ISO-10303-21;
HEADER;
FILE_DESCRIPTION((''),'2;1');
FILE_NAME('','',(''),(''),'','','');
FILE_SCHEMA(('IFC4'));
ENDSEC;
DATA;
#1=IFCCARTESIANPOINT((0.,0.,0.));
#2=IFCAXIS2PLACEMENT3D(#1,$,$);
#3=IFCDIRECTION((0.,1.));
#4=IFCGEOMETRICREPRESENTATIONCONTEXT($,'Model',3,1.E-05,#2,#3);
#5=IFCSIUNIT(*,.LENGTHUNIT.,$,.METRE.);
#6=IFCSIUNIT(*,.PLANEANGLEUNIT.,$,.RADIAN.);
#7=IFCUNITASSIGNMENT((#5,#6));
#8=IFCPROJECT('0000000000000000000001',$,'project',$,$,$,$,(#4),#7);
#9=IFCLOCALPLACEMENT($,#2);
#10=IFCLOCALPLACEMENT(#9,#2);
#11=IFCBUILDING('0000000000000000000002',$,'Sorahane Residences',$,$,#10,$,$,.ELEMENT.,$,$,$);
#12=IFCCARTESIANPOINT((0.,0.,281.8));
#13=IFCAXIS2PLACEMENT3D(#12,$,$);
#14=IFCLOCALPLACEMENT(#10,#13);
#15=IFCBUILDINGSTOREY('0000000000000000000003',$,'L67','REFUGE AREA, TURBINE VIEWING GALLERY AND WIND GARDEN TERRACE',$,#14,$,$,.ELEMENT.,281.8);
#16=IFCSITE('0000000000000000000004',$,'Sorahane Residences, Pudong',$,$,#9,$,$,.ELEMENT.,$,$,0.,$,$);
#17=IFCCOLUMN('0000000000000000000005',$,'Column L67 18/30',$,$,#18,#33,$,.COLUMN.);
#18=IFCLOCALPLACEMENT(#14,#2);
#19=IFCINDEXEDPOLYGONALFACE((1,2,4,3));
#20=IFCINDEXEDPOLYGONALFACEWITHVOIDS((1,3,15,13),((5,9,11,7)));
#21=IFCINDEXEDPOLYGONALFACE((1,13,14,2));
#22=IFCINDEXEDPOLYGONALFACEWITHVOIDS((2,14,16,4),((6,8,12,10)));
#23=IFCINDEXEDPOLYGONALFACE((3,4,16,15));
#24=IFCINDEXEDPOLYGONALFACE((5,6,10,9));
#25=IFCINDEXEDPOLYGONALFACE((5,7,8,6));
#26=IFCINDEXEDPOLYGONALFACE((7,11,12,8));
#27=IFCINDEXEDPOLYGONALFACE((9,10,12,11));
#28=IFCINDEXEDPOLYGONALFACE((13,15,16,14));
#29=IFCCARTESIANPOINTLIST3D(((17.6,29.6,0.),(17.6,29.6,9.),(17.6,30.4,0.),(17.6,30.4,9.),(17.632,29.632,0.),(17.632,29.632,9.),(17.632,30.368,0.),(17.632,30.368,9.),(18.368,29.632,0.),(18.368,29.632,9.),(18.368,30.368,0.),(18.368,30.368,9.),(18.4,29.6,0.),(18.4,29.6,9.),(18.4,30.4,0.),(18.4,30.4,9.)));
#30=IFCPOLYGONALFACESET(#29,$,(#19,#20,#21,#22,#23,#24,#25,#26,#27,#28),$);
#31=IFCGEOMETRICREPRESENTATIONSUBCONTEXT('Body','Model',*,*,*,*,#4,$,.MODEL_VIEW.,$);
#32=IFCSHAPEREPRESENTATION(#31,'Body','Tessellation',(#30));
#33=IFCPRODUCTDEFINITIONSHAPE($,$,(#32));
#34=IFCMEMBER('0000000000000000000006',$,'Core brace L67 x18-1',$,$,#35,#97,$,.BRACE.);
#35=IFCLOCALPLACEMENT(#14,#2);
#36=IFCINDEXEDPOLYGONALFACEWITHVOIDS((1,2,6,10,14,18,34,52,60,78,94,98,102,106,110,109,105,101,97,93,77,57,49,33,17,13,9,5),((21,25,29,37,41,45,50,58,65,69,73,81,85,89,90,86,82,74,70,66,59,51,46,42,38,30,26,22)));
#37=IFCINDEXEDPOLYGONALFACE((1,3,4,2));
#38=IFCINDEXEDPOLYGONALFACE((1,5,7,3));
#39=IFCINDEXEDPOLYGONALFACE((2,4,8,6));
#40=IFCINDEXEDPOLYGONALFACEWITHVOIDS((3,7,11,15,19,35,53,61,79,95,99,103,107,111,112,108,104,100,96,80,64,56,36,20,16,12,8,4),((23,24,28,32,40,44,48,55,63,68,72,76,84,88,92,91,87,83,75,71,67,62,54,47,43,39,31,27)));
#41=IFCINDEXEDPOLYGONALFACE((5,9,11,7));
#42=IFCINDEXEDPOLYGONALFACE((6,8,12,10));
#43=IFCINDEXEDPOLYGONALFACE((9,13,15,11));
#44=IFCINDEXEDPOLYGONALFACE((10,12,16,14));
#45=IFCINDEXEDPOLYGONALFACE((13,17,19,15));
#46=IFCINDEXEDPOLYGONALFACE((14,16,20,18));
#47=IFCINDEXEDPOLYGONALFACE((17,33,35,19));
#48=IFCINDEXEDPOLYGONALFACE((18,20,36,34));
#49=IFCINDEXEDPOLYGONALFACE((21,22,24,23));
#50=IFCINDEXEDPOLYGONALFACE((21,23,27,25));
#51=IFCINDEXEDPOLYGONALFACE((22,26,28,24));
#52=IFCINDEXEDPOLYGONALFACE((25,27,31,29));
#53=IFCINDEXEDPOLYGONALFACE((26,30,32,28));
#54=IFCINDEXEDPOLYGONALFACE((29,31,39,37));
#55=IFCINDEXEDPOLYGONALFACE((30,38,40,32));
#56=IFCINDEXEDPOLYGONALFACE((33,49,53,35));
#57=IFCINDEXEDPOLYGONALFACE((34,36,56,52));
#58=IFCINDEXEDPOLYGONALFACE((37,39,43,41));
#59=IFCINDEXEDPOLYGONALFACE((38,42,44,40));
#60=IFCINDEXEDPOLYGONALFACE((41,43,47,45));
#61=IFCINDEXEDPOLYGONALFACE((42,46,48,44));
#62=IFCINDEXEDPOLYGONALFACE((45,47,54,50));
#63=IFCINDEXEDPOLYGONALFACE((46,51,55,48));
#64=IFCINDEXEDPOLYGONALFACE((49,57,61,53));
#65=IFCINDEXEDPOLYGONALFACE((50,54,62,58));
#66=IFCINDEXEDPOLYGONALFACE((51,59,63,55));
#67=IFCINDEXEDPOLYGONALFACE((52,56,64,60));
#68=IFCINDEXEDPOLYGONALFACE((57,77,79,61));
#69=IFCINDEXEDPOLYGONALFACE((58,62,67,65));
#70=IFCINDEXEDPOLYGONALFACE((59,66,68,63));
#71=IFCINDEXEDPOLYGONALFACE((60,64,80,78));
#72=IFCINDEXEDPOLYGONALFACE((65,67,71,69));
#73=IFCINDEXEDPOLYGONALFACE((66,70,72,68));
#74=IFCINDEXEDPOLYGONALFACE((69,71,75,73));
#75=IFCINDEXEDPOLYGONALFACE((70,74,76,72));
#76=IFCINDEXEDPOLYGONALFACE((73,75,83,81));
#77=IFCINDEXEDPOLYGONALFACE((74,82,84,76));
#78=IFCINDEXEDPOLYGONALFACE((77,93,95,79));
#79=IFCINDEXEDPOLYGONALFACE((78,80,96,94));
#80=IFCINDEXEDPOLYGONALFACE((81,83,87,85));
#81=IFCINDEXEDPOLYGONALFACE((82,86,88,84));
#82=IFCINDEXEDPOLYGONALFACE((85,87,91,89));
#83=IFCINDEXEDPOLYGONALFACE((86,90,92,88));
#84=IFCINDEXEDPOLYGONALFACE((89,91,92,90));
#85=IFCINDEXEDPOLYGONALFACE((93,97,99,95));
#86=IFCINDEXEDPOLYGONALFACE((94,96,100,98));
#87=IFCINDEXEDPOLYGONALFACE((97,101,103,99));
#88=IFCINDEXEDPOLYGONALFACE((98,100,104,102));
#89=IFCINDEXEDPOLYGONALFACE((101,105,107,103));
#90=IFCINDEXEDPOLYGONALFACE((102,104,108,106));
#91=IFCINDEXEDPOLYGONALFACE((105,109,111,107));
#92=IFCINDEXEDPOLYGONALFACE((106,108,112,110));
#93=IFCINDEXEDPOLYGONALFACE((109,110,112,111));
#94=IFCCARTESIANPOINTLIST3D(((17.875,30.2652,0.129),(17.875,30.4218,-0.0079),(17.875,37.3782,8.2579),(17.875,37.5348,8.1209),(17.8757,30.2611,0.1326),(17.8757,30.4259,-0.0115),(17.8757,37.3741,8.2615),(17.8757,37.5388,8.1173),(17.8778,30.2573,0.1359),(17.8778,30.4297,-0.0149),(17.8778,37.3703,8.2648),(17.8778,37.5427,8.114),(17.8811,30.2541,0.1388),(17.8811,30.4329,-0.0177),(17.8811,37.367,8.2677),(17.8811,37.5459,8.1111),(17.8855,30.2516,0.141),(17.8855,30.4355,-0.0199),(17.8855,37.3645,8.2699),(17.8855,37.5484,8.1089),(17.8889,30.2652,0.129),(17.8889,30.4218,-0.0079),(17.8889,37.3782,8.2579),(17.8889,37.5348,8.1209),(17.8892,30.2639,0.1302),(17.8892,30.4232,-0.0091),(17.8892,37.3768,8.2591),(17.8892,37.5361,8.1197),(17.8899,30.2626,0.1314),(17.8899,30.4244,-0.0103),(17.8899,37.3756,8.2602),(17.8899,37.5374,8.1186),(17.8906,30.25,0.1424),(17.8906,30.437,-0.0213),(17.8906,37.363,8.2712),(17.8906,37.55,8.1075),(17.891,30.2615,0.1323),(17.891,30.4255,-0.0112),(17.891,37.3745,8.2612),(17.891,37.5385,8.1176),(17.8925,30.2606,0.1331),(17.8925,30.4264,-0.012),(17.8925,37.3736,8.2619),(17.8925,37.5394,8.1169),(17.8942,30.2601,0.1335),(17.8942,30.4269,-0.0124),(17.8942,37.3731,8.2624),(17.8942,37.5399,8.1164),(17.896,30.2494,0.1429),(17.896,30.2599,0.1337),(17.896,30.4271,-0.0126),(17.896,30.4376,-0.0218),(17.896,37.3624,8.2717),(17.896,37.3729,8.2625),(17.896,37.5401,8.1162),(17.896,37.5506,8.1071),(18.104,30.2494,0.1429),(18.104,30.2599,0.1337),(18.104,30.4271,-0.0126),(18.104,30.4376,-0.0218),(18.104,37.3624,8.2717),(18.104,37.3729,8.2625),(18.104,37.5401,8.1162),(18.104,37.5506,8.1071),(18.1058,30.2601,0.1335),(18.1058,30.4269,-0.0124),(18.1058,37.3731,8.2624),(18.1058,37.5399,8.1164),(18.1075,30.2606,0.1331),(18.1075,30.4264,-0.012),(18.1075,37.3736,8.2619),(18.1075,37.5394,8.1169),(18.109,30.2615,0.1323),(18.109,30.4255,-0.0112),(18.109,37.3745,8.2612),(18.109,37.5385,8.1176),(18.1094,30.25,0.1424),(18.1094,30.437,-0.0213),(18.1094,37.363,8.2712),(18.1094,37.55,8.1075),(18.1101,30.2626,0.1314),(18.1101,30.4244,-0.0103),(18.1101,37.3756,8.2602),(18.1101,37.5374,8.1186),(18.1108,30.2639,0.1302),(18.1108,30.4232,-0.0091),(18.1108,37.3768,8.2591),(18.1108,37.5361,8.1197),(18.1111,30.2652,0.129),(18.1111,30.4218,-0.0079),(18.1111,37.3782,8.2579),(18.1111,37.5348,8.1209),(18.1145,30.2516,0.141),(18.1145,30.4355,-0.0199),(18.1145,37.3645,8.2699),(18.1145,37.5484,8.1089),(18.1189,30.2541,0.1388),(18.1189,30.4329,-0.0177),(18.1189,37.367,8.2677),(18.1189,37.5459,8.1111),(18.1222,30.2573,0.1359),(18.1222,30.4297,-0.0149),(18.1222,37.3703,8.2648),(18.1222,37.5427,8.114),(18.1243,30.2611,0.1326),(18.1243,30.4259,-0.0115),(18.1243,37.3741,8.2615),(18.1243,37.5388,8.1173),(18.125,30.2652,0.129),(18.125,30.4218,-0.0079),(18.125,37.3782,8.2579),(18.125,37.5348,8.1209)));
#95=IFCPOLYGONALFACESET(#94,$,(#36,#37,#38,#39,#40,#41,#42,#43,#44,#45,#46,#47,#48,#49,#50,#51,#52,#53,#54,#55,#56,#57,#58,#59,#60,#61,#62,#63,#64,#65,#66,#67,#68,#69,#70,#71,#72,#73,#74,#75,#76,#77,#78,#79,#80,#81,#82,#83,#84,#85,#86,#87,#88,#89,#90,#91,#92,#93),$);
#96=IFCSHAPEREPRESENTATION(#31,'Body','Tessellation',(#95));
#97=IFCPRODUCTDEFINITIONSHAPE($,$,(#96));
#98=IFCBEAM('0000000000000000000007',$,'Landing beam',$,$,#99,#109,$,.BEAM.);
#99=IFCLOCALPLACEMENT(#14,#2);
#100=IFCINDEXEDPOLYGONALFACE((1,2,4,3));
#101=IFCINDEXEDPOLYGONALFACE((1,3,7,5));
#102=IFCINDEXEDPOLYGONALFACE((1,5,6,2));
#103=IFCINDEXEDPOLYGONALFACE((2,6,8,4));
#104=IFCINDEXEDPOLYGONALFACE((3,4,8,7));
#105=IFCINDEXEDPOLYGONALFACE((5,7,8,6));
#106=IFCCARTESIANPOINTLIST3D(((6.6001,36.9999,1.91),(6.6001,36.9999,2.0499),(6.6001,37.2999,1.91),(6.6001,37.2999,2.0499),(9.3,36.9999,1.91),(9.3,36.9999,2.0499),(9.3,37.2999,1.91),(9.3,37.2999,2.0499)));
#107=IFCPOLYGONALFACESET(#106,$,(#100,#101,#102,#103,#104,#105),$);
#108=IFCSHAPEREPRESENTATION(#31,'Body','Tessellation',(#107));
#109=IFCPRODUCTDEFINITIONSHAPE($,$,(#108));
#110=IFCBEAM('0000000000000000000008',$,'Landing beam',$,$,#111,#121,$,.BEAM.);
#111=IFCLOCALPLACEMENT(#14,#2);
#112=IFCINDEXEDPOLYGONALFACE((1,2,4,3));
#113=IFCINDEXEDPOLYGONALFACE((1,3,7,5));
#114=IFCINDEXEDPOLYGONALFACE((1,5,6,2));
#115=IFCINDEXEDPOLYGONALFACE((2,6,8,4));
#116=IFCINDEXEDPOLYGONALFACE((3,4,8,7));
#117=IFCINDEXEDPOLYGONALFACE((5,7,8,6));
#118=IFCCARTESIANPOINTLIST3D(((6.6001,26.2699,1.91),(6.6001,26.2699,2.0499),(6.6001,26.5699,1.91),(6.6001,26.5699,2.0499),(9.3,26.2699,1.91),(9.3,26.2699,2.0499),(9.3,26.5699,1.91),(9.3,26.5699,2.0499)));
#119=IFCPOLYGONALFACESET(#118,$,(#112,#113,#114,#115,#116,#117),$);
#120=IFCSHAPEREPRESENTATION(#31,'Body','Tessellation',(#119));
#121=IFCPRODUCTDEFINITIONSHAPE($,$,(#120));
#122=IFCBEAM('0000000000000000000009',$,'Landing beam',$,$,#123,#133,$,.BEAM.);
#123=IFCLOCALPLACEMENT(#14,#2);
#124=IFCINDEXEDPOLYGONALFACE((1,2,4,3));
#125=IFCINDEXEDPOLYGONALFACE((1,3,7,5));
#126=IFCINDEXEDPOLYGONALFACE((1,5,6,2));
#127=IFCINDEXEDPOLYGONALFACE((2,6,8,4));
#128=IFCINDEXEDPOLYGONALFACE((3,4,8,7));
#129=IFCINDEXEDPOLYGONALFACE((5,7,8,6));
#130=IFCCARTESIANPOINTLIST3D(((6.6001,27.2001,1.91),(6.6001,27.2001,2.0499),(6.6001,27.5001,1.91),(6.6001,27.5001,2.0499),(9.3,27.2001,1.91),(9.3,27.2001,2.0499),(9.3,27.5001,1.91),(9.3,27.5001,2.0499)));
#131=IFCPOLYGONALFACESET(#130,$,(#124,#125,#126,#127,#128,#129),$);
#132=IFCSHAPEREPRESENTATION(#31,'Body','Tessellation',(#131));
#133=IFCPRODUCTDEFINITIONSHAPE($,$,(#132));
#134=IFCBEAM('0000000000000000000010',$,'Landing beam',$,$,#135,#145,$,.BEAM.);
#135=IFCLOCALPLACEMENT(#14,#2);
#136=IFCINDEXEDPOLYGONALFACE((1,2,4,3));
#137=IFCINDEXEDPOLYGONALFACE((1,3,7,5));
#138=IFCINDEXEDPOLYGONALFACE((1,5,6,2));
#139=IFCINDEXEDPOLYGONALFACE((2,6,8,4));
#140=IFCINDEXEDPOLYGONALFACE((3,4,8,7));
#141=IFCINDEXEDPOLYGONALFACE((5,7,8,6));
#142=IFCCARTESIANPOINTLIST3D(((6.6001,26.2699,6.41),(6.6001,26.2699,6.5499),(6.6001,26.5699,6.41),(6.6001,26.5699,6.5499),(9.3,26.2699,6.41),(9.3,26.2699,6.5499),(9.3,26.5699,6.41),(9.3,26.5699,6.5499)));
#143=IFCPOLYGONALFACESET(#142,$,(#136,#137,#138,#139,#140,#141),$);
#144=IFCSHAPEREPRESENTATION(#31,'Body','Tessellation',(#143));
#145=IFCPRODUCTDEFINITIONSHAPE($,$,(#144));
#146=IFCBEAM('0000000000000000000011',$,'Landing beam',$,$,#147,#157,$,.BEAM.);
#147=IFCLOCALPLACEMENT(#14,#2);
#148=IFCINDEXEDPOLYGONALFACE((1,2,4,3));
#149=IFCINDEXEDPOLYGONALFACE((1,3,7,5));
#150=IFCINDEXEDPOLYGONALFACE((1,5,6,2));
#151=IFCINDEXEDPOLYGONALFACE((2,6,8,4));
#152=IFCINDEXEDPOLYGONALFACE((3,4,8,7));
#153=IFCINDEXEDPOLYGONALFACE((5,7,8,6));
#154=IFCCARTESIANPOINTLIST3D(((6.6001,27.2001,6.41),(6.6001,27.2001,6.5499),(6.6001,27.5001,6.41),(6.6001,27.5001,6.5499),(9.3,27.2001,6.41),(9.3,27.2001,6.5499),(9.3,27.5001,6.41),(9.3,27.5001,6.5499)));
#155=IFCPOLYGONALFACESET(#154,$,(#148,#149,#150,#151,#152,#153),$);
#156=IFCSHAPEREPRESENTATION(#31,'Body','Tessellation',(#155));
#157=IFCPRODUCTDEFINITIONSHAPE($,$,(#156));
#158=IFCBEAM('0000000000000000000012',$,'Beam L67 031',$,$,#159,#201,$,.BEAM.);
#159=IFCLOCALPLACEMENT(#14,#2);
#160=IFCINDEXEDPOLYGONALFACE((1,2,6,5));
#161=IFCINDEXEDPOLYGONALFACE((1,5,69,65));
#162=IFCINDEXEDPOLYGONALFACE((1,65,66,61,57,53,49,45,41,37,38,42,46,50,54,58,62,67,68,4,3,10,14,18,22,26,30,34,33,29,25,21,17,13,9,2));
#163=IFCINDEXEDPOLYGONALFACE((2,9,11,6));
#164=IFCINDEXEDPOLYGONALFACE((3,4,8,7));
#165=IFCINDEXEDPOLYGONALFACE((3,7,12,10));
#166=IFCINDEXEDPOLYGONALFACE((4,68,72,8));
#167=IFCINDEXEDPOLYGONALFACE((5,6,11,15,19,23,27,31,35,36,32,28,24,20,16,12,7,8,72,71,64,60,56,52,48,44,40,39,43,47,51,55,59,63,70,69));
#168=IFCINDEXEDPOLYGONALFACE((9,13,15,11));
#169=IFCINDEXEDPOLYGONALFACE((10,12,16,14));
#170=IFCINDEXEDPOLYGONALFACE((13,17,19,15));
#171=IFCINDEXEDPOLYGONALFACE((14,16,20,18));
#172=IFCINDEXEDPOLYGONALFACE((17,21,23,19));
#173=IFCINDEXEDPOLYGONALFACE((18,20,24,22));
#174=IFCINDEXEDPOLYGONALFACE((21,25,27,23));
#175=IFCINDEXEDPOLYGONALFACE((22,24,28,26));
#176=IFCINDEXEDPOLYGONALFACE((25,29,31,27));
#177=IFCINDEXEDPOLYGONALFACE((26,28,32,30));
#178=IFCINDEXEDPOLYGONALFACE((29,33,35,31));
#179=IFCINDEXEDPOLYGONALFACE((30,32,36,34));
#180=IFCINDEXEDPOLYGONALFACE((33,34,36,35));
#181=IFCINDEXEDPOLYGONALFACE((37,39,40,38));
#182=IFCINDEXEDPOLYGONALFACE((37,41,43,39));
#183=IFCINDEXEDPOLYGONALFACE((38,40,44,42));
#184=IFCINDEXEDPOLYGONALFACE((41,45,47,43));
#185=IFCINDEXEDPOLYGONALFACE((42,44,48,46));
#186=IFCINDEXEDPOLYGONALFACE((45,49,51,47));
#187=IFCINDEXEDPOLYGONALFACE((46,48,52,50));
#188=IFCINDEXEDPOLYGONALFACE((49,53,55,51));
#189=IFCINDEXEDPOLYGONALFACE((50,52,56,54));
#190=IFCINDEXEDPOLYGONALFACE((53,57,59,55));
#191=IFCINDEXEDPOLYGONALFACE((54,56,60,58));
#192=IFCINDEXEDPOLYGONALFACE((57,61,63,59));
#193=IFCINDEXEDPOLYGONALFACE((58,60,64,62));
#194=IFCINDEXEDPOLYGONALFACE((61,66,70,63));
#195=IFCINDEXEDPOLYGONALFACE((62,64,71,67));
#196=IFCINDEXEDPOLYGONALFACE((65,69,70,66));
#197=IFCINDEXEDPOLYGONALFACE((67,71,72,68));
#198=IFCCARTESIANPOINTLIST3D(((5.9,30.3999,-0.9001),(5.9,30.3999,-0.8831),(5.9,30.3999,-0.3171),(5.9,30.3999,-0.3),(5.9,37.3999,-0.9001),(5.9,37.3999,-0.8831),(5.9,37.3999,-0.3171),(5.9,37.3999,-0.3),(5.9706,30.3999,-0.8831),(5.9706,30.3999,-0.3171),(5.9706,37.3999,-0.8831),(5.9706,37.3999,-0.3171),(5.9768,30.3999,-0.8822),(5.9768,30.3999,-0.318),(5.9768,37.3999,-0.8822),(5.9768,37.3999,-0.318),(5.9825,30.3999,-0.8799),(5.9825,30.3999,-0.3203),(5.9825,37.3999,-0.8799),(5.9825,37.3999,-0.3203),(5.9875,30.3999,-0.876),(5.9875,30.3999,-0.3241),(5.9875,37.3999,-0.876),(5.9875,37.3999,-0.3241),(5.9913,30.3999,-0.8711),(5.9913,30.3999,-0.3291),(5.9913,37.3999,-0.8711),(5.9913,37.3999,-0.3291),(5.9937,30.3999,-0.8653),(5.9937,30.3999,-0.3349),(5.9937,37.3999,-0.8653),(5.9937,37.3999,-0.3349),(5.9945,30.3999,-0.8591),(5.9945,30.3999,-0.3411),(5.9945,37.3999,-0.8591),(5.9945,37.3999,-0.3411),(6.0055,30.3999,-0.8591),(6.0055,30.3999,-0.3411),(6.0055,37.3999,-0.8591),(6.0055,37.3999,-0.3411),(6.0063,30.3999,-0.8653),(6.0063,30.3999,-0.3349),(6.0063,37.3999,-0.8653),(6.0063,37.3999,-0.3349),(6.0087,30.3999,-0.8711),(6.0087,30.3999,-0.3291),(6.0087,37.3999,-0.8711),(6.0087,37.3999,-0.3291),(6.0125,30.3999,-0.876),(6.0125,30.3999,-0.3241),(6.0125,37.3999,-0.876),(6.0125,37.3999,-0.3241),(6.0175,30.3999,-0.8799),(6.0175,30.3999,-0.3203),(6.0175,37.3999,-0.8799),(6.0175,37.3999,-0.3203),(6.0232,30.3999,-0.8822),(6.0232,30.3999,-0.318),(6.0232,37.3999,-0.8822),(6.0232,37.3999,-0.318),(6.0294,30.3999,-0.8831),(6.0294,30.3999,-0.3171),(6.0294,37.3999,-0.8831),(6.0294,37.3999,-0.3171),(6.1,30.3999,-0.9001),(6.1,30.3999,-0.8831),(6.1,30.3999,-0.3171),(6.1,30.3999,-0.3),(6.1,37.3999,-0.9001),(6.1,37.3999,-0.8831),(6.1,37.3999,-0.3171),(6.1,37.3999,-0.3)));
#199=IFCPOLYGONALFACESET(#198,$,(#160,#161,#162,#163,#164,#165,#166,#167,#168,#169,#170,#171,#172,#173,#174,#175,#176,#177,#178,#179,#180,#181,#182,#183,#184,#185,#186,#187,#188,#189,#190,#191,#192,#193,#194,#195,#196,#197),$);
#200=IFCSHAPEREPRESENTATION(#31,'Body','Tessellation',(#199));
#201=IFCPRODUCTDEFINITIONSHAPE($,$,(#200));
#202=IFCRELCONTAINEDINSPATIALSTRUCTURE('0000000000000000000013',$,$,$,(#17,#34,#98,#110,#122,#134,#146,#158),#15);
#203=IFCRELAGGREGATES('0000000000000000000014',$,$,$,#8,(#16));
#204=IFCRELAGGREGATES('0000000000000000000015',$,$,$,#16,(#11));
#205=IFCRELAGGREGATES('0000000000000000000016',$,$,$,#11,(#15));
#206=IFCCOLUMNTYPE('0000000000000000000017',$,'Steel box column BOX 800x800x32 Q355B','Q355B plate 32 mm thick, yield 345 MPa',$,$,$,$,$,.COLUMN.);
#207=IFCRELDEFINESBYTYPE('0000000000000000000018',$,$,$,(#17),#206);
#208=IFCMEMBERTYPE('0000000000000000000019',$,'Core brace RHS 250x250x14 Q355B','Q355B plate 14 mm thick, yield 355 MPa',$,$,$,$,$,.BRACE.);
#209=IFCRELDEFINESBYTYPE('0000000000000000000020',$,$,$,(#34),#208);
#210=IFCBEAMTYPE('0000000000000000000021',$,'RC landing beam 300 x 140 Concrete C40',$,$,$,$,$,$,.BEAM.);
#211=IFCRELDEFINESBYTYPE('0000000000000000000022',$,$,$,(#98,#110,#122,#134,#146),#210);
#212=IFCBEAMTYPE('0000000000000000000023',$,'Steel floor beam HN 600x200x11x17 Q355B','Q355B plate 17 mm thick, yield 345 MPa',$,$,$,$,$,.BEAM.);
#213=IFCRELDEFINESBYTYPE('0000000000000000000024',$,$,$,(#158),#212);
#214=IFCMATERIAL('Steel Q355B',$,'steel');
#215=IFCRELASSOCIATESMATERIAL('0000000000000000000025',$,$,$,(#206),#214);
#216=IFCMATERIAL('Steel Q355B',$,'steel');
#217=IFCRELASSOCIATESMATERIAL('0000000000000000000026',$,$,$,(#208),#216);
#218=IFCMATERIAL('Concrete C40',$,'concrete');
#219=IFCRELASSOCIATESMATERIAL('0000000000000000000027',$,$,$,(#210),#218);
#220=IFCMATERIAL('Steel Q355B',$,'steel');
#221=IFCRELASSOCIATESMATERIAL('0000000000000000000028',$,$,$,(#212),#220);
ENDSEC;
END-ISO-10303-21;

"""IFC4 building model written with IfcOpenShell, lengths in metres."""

from ifc_helpers import new_model, si_unit, direction, frame, origin, origin_2d, place, context, subcontext, project, spatial, rectangle, hollow_rectangle, i_section, extrude, material, material_profile, profile_set, type_object, element, save


model = new_model("IFC4")

# Units and contexts
model_context = context("Model", 3, precision=1e-05, world=origin(), true_north=direction((0.0, 1.0)))
body_context = subcontext(model_context, "Body", "Model", "MODEL_VIEW")
ifc_project = project(units=[si_unit("LENGTHUNIT", "METRE"), si_unit("PLANEANGLEUNIT", "RADIAN")], contexts=[model_context])

# Site, building, storey
site_placement = place(None, origin())
site = spatial("IfcSite", under=ifc_project, at=site_placement, Name="Sorahane Residences, Pudong", CompositionType="ELEMENT", RefElevation=0.0)
building_placement = place(site_placement, origin())
building = spatial("IfcBuilding", under=site, at=building_placement, Name="Sorahane Residences", CompositionType="ELEMENT")
storey_placement = place(building_placement, frame((0.0, 0.0, 281.8)))
storey = spatial("IfcBuildingStorey", under=building, at=storey_placement, Name="L67", Description="REFUGE AREA, TURBINE VIEWING GALLERY AND WIND GARDEN TERRACE", CompositionType="ELEMENT", Elevation=281.8)

# Column
ifc_material_1 = material(Name="Steel Q355B", Category="steel")
ifc_material_profile_1 = material_profile(ifc_material_1, hollow_rectangle(XDim=0.8, YDim=0.8, WallThickness=0.032, at=origin_2d()), Name="BOX 800x800x32")
ifc_profile_set_1 = profile_set([ifc_material_profile_1], Name="Steel Q355B")
column_type = type_object("IfcColumnType", Name="Steel box column BOX 800x800x32 Q355B", Description="Q355B plate 32 mm thick, yield 345 MPa", PredefinedType="COLUMN", material=ifc_profile_set_1)
column_placement = place(storey_placement, frame((18.0, 30.0, 0.0), z_axis=(0.0, 0.0, 1.0), x_axis=(1.0, 0.0, 0.0)))
element("IfcColumn", 1, at=column_placement, inside=storey, type_object=column_type, Name="Column L67 18/30", PredefinedType="COLUMN", context=body_context, shape_type="SweptSolid", body=[
    extrude(hollow_rectangle(XDim=0.8, YDim=0.8, WallThickness=0.032, at=origin_2d()), origin(), (0.0, 0.0, 1.0), 9.0),
])

# Member
ifc_material_2 = material(Name="Steel Q355B", Category="steel")
ifc_material_profile_2 = material_profile(ifc_material_2, hollow_rectangle(XDim=0.25, YDim=0.25, WallThickness=0.0139, InnerFilletRadius=0.0071, OuterFilletRadius=0.021, at=origin_2d()), Name="RHS 250x250x14")
ifc_profile_set_2 = profile_set([ifc_material_profile_2], Name="Steel Q355B")
member_type = type_object("IfcMemberType", Name="Core brace RHS 250x250x14 Q355B", Description="Q355B plate 14 mm thick, yield 355 MPa", PredefinedType="BRACE", material=ifc_profile_set_2)
member_placement = place(storey_placement, frame((18.0, 30.3435, 0.0605), z_axis=(0.0, 0.658517, 0.752565), x_axis=(-1.0, 0.0, 0.0)))
element("IfcMember", 2, at=member_placement, inside=storey, type_object=member_type, Name="Core brace L67 x18-1", PredefinedType="BRACE", context=body_context, shape_type="SweptSolid", body=[
    extrude(hollow_rectangle(XDim=0.25, YDim=0.25, WallThickness=0.0139, InnerFilletRadius=0.0071, OuterFilletRadius=0.021, at=origin_2d()), origin(), (0.0, 0.0, 1.0), 10.8015),
])

# Beams
ifc_material_3 = material(Name="Concrete C40", Category="concrete")
ifc_material_profile_3 = material_profile(ifc_material_3, rectangle(XDim=0.3, YDim=0.1399, at=origin_2d()), Name="300x140")
ifc_profile_set_3 = profile_set([ifc_material_profile_3], Name="Concrete C40")
beam_type_1 = type_object("IfcBeamType", Name="RC landing beam 300 x 140 Concrete C40", PredefinedType="BEAM", material=ifc_profile_set_3)
for number, where, z_axis, x_axis, name in (
    (3, (6.6001, 37.1499, 1.98), (1.0, 0.0, 0.0), (0.0, 1.0, 0.0), "Landing beam"),
    (4, (6.6001, 26.4199, 1.98), (1.0, 0.0, 0.0), (0.0, 1.0, 0.0), "Landing beam"),
    (5, (6.6001, 27.3501, 1.98), (1.0, 0.0, 0.0), (0.0, 1.0, 0.0), "Landing beam"),
    (6, (6.6001, 26.4199, 6.48), (1.0, 0.0, 0.0), (0.0, 1.0, 0.0), "Landing beam"),
    (7, (6.6001, 27.3501, 6.48), (1.0, 0.0, 0.0), (0.0, 1.0, 0.0), "Landing beam"),
):
    element("IfcBeam", number, at=place(storey_placement, frame(where, z_axis=z_axis, x_axis=x_axis)), inside=storey, type_object=beam_type_1, Name=name, PredefinedType="BEAM", context=body_context, shape_type="SweptSolid", body=[
        extrude(rectangle(XDim=0.3, YDim=0.1399, at=origin_2d()), origin(), (0.0, 0.0, 1.0), 2.7),
    ])
ifc_material_4 = material(Name="Steel Q355B", Category="steel")
ifc_material_profile_4 = material_profile(ifc_material_4, i_section(OverallWidth=0.2, OverallDepth=0.6001, WebThickness=0.011, FlangeThickness=0.0171, FilletRadius=0.0239, at=origin_2d()), Name="HN 600x200x11x17")
ifc_profile_set_4 = profile_set([ifc_material_profile_4], Name="Steel Q355B")
beam_type_2 = type_object("IfcBeamType", Name="Steel floor beam HN 600x200x11x17 Q355B", Description="Q355B plate 17 mm thick, yield 345 MPa", PredefinedType="BEAM", material=ifc_profile_set_4)
for number, where, z_axis, x_axis, name in (
    (8, (6.0, 30.3999, -0.6001), (0.0, 1.0, 0.0), (-1.0, 0.0, 0.0), "Beam L67 031"),
):
    element("IfcBeam", number, at=place(storey_placement, frame(where, z_axis=z_axis, x_axis=x_axis)), inside=storey, type_object=beam_type_2, Name=name, PredefinedType="BEAM", context=body_context, shape_type="SweptSolid", body=[
        extrude(i_section(OverallWidth=0.2, OverallDepth=0.6001, WebThickness=0.011, FlangeThickness=0.0171, FilletRadius=0.0239, at=origin_2d()), origin(), (0.0, 0.0, 1.0), 7.0),
    ])

save(model, "model.ifc")
